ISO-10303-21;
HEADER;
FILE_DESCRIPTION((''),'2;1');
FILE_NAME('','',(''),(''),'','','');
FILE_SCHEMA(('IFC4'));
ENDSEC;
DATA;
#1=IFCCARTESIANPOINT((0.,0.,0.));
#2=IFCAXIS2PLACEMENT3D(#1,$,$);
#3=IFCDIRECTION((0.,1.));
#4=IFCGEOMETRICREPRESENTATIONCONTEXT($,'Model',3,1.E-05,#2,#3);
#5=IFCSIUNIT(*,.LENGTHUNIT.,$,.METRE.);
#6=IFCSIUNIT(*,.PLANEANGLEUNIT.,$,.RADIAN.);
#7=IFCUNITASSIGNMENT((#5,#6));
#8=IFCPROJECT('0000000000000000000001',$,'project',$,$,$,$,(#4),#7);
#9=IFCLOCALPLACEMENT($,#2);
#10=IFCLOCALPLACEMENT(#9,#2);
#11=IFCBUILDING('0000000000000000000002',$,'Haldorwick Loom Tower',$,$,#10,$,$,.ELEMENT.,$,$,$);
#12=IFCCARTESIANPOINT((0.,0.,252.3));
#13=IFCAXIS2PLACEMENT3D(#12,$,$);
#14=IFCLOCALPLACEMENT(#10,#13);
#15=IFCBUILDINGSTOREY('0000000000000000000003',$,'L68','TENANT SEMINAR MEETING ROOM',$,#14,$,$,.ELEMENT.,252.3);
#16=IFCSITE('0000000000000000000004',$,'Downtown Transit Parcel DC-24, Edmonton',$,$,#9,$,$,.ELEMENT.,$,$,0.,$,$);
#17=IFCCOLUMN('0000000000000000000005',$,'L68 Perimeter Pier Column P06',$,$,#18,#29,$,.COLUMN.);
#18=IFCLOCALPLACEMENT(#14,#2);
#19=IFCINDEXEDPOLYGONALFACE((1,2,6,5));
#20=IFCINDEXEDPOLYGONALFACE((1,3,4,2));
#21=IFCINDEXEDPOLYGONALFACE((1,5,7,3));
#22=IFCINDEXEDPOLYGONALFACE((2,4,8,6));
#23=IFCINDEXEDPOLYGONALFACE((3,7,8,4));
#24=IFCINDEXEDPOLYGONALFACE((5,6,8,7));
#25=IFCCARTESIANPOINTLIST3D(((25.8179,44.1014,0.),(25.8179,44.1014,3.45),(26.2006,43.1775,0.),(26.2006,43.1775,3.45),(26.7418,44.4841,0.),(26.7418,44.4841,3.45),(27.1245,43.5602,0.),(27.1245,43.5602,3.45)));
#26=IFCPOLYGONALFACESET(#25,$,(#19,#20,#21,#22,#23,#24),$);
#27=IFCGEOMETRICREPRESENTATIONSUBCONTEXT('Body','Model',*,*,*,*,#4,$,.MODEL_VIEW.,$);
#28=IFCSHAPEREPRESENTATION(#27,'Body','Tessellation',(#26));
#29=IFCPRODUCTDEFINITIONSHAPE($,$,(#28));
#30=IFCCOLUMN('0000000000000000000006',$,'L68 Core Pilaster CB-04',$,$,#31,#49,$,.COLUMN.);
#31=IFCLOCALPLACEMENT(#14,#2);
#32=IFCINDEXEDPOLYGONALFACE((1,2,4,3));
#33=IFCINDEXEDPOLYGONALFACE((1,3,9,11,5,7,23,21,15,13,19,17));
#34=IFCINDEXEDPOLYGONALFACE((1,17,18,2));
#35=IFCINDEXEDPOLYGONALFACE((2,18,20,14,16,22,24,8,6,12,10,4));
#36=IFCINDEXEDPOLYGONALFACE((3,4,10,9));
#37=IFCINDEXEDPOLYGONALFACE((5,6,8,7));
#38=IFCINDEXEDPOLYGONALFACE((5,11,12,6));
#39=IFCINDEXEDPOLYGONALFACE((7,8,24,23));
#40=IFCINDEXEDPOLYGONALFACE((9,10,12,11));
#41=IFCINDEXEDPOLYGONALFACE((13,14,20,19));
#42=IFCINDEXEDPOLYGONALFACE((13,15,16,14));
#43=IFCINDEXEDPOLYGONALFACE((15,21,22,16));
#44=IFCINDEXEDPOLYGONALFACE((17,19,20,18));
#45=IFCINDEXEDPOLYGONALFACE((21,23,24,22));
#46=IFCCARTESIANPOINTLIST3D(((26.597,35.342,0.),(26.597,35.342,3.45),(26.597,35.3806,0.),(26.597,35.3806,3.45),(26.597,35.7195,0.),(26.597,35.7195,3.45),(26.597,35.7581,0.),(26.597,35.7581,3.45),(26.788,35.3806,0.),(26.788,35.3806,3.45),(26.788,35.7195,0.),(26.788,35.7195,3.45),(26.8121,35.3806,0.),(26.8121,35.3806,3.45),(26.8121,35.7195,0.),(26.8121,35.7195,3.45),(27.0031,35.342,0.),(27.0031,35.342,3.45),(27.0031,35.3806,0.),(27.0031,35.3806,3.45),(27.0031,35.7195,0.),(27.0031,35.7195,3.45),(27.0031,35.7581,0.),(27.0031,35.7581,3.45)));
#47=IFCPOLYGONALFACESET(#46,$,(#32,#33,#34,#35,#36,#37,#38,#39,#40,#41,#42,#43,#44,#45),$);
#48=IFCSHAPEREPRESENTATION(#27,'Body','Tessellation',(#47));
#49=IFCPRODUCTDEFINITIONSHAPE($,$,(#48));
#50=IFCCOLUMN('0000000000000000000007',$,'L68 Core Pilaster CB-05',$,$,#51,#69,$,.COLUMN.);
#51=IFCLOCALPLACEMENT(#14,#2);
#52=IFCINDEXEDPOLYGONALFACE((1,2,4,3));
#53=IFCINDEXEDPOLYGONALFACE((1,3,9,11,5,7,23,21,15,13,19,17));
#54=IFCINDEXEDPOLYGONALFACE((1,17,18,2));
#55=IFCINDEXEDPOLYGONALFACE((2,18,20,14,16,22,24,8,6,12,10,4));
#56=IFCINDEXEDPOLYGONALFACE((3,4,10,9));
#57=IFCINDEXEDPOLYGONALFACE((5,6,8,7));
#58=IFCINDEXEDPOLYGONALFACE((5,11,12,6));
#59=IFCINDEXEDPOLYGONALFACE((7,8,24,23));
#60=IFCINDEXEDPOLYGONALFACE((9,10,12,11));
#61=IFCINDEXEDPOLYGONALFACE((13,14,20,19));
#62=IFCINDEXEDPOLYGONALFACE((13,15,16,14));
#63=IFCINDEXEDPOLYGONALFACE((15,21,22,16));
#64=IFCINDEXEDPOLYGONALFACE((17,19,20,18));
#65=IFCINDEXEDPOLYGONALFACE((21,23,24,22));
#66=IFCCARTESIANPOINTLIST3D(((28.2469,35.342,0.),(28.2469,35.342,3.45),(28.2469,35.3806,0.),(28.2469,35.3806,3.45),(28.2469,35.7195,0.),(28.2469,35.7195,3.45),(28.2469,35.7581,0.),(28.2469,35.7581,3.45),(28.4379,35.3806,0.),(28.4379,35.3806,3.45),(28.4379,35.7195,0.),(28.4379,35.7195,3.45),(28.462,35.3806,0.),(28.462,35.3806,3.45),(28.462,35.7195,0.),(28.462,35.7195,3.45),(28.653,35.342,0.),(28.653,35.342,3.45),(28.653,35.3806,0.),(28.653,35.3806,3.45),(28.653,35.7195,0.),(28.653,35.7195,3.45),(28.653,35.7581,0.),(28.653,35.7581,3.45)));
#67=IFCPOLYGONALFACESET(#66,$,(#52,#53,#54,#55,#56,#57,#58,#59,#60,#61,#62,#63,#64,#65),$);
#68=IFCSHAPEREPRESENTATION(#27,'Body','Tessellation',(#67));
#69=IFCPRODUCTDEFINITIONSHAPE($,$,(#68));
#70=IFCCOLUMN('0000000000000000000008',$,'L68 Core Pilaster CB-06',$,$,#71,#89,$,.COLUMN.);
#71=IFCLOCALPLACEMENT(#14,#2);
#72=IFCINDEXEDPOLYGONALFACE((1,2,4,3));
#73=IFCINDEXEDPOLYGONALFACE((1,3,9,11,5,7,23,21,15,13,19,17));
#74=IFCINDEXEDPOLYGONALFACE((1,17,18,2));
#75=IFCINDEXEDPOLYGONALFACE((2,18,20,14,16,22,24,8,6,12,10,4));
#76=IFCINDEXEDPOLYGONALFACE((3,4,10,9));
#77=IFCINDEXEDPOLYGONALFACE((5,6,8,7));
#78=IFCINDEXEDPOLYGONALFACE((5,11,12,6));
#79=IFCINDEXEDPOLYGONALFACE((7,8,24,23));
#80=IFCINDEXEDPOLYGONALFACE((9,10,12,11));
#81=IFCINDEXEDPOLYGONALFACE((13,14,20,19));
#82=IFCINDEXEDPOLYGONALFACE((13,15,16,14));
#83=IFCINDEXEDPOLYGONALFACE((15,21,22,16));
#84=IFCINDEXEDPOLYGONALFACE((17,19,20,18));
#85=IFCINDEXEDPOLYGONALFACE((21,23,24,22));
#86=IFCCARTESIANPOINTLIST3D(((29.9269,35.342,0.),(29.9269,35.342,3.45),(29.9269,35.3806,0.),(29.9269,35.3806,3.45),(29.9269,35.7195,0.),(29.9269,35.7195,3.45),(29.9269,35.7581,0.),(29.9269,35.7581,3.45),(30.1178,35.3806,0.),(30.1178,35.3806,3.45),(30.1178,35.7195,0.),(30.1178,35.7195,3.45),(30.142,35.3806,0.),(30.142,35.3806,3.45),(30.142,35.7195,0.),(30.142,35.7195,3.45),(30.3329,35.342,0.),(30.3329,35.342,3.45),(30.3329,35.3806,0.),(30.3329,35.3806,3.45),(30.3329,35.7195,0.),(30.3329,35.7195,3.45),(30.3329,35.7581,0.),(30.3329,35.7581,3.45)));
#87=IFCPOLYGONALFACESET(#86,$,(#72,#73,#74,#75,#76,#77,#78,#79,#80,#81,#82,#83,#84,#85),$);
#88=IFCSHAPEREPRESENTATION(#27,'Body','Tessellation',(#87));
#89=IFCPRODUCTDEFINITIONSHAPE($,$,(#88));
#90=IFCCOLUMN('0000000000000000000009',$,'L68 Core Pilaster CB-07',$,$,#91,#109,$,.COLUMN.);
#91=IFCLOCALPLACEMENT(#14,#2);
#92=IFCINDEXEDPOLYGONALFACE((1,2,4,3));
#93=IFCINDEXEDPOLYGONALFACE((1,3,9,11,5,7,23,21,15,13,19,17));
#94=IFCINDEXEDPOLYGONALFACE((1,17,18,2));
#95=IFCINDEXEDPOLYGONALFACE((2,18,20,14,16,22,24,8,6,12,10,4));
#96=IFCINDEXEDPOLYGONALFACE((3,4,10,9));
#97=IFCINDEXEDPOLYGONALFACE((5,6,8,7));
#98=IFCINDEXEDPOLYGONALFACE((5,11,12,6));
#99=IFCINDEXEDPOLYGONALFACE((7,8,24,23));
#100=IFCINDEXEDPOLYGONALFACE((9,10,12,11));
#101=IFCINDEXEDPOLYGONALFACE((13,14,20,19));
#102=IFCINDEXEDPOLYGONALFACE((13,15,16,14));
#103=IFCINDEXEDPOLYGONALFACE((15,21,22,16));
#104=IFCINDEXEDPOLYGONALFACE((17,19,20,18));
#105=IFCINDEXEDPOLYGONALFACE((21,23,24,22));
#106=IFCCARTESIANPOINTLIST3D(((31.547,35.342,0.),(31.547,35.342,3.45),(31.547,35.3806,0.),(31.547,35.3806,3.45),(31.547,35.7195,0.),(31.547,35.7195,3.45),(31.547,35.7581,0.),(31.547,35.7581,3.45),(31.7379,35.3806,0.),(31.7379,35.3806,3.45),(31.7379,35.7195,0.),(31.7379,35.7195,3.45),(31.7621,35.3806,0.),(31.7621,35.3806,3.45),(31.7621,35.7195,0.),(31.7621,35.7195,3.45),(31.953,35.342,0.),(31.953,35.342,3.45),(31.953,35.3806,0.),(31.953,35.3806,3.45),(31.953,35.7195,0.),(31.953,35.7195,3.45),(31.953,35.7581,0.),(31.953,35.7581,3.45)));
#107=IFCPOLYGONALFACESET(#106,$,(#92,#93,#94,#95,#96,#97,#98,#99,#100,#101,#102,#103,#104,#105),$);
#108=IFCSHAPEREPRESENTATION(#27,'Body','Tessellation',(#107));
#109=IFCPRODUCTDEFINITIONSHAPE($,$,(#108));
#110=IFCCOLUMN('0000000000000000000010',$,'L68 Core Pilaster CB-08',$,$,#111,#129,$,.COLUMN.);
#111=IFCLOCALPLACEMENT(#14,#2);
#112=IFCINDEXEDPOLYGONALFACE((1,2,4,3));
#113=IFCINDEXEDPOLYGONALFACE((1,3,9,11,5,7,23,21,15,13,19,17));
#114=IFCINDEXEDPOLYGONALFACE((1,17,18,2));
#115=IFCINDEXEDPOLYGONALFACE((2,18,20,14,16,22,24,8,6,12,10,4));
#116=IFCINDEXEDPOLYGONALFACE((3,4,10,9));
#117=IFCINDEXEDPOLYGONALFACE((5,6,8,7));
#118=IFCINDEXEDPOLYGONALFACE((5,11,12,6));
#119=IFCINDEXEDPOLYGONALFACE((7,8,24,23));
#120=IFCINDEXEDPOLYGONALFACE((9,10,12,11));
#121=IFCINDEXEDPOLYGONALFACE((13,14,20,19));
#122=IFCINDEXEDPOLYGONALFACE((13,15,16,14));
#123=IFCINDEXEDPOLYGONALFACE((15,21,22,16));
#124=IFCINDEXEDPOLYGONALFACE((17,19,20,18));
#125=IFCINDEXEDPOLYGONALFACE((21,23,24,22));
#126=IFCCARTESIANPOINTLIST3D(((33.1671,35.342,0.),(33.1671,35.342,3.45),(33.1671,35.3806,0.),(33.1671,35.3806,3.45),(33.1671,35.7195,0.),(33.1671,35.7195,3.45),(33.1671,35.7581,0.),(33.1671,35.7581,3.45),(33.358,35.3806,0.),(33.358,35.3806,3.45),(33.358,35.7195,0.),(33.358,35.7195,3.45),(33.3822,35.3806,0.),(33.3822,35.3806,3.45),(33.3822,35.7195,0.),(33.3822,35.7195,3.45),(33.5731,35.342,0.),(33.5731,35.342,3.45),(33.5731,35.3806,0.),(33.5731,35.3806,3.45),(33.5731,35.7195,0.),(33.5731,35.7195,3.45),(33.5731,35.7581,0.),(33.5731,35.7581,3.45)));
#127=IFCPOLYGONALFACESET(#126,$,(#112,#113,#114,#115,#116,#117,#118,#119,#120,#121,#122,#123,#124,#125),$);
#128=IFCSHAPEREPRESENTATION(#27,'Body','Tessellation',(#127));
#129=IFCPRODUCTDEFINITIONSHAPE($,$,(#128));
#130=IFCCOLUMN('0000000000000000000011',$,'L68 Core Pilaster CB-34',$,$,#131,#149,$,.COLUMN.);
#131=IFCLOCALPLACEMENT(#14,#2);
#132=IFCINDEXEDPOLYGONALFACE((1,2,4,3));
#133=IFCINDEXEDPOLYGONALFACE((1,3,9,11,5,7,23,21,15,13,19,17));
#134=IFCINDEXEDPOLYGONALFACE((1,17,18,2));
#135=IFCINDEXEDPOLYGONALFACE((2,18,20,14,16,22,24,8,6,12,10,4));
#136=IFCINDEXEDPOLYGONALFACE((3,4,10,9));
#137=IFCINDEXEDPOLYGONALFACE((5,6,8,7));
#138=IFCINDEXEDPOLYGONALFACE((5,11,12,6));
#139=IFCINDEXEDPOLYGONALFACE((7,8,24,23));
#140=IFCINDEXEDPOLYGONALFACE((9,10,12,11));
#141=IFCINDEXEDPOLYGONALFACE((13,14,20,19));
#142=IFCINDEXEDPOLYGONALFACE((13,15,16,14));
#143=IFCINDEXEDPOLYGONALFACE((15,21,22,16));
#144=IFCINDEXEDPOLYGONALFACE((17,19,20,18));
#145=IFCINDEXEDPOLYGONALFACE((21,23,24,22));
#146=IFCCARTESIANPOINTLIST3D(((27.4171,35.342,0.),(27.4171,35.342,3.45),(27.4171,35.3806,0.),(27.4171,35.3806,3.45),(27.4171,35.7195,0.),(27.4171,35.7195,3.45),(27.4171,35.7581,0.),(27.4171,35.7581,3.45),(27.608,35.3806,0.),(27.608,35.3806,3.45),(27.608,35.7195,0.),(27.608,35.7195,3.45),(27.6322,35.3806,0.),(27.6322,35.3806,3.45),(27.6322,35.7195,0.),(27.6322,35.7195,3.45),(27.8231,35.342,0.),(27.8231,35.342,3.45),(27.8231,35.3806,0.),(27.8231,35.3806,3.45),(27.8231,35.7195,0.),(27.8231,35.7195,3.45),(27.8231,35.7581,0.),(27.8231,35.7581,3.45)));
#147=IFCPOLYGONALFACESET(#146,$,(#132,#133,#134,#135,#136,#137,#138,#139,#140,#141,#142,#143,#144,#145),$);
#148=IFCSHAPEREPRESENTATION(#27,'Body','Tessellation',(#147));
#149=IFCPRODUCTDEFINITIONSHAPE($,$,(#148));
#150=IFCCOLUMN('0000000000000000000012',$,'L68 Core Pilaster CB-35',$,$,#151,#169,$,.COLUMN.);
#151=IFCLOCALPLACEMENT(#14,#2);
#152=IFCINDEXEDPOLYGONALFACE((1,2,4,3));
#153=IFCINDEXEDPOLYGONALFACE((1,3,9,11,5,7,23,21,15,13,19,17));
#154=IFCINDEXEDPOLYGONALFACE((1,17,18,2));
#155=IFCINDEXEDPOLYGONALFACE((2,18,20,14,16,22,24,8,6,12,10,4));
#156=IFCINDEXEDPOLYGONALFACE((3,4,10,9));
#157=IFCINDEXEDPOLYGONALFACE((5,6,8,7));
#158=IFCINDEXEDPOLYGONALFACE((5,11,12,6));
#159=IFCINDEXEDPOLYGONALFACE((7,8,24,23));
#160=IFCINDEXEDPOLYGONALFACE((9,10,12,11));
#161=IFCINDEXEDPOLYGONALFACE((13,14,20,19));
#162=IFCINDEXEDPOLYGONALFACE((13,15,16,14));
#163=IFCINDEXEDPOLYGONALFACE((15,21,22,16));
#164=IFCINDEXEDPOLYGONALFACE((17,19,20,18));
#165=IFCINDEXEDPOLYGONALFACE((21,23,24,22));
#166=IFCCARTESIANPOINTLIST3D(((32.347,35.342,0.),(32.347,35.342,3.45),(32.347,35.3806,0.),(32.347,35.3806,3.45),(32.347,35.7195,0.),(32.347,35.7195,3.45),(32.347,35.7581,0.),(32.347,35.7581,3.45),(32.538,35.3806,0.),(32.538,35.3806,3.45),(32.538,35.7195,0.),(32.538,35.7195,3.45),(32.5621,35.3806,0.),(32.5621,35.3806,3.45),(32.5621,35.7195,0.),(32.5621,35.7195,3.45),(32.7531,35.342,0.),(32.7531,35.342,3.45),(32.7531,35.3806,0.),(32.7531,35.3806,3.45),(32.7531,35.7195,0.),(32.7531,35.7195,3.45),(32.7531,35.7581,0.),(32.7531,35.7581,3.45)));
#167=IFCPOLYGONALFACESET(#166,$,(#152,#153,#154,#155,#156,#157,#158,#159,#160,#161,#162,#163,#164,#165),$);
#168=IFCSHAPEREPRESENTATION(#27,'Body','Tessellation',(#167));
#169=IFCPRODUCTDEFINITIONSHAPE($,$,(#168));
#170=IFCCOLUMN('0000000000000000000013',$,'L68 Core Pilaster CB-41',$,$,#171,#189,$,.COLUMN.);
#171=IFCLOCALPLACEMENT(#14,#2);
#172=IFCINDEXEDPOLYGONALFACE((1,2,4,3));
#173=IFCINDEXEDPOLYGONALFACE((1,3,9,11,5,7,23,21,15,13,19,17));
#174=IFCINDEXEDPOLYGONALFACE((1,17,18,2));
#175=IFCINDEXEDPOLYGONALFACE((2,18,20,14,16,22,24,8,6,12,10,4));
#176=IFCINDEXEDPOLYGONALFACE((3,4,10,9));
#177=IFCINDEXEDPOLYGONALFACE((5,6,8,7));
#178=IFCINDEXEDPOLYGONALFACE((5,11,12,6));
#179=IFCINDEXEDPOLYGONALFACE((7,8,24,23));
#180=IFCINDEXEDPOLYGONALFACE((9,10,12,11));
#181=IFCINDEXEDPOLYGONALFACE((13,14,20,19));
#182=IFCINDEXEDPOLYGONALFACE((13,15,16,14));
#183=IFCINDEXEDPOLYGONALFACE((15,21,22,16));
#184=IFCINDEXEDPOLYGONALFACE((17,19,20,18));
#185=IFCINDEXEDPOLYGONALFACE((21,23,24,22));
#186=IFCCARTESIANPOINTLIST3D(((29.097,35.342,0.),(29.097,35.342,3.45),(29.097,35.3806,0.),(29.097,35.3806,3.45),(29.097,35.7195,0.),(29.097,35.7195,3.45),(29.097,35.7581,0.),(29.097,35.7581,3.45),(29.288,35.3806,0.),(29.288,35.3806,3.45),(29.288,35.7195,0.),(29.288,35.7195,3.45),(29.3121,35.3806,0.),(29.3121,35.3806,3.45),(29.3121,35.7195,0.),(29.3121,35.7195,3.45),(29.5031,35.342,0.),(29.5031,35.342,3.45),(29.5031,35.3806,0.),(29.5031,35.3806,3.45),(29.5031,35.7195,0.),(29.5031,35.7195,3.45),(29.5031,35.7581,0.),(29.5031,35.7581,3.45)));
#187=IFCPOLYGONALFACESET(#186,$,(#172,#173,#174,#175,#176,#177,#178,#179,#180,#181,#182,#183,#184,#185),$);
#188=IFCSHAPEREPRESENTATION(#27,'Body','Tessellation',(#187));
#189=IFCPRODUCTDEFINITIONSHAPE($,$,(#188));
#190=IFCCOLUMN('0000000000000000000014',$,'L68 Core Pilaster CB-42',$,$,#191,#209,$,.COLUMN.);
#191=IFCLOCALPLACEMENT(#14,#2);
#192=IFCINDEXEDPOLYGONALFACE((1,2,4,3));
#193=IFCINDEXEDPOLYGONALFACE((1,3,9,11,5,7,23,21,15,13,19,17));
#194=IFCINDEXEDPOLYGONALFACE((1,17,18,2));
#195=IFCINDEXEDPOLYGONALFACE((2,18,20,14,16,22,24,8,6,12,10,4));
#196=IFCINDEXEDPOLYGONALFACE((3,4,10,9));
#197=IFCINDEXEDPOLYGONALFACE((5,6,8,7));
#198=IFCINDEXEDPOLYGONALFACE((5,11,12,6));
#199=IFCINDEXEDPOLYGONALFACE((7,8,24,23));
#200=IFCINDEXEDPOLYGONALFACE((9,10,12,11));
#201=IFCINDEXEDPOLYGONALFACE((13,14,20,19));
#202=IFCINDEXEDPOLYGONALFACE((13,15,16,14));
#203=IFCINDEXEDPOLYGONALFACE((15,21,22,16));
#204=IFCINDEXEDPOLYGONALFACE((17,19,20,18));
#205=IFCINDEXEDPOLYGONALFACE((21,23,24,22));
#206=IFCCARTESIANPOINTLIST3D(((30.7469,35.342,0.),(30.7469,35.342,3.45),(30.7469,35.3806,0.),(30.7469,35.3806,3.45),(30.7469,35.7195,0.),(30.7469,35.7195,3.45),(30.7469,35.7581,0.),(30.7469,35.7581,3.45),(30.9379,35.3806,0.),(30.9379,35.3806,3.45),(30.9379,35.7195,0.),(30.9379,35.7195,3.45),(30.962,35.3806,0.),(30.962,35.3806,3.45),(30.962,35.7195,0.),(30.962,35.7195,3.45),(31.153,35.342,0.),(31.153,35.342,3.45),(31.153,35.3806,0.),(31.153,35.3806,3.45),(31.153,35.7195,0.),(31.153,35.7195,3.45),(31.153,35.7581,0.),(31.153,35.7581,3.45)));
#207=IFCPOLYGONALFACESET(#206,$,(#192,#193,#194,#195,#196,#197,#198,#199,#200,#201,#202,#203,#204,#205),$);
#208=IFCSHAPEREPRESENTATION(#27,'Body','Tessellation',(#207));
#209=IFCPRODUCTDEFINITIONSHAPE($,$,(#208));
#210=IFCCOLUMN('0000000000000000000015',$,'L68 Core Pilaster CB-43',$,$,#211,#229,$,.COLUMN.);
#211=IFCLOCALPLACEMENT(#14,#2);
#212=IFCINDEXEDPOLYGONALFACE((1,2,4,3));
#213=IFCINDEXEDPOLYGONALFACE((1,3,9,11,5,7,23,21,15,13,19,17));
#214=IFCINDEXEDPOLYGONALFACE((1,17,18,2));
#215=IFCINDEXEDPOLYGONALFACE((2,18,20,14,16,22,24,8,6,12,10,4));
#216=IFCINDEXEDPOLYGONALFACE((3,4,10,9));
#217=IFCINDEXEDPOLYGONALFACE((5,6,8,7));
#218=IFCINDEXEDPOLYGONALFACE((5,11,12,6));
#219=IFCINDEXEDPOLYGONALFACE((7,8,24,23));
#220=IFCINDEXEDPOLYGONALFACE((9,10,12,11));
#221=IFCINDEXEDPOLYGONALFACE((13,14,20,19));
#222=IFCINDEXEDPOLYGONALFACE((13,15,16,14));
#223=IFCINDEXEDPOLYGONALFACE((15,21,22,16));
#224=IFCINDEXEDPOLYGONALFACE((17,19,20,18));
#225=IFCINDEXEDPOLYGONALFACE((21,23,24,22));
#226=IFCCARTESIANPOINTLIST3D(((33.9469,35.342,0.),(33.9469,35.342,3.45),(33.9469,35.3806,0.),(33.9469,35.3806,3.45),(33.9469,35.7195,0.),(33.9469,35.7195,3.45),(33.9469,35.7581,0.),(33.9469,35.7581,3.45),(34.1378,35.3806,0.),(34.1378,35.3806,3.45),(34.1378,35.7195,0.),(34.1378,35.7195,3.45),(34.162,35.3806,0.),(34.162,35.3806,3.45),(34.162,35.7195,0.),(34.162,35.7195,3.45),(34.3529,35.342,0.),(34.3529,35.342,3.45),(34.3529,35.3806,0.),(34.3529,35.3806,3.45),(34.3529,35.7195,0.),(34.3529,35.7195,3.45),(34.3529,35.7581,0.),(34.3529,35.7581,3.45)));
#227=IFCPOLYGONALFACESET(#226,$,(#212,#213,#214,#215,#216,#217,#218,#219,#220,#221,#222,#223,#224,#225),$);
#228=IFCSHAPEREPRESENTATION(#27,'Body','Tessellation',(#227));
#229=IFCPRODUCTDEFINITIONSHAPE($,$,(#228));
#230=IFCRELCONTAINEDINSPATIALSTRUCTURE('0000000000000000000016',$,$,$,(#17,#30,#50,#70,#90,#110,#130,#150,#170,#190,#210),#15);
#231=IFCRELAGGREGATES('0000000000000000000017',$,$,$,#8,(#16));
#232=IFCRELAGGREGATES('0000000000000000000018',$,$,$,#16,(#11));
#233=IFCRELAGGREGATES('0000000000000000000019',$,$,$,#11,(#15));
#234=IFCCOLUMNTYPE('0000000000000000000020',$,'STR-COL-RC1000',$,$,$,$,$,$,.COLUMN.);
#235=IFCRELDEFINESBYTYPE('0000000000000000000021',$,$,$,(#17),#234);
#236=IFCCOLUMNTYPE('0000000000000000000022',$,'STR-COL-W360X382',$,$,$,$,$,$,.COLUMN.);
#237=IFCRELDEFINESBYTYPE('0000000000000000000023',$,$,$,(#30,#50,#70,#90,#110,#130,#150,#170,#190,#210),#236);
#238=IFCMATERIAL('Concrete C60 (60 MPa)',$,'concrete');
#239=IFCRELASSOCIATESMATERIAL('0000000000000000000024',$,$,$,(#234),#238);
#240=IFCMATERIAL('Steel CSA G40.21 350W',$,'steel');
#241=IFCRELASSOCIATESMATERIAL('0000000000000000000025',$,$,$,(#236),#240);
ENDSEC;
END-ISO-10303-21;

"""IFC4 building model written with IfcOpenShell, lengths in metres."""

from ifc_helpers import new_model, si_unit, direction, frame, origin, origin_2d, place, context, subcontext, project, spatial, rectangle, i_section, extrude, material, material_profile, profile_set, type_object, element, save


model = new_model("IFC4")

# Units and contexts
model_context = context("Model", 3, precision=1e-05, world=origin(), true_north=direction((0.0, 1.0)))
body_context = subcontext(model_context, "Body", "Model", "MODEL_VIEW")
ifc_project = project(units=[si_unit("LENGTHUNIT", "METRE"), si_unit("PLANEANGLEUNIT", "RADIAN")], contexts=[model_context])

# Site, building, storey
site_placement = place(None, origin())
site = spatial("IfcSite", under=ifc_project, at=site_placement, Name="Downtown Transit Parcel DC-24, Edmonton", CompositionType="ELEMENT", RefElevation=0.0)
building_placement = place(site_placement, origin())
building = spatial("IfcBuilding", under=site, at=building_placement, Name="Haldorwick Loom Tower", CompositionType="ELEMENT")
storey_placement = place(building_placement, frame((0.0, 0.0, 252.3)))
storey = spatial("IfcBuildingStorey", under=building, at=storey_placement, Name="L68", Description="TENANT SEMINAR MEETING ROOM", CompositionType="ELEMENT", Elevation=252.3)

# Columns
ifc_material_1 = material(Name="Concrete C60 (60 MPa)", Category="concrete")
ifc_material_profile_1 = material_profile(ifc_material_1, rectangle(XDim=1.0, YDim=1.0, at=origin_2d()), Name="RC1000X1000", Category="concrete")
ifc_profile_set_1 = profile_set([ifc_material_profile_1], Name="Concrete C60 (60 MPa)")
column_type_1 = type_object("IfcColumnType", Name="STR-COL-RC1000", PredefinedType="COLUMN", material=ifc_profile_set_1)
column_placement = place(storey_placement, frame((26.4712, 43.8308, 0.0), z_axis=(0.0, 0.0, 1.0), x_axis=(-0.382683, 0.92388, 0.0)))
element("IfcColumn", 1, at=column_placement, inside=storey, type_object=column_type_1, Name="L68 Perimeter Pier Column P06", PredefinedType="COLUMN", context=body_context, shape_type="SweptSolid", body=[
    extrude(rectangle(XDim=1.0, YDim=1.0, at=origin_2d()), origin(), (0.0, 0.0, 1.0), 3.45),
])
ifc_material_2 = material(Name="Steel CSA G40.21 350W", Category="steel")
ifc_material_profile_2 = material_profile(ifc_material_2, i_section(OverallWidth=0.406, OverallDepth=0.416, WebThickness=0.0242, FlangeThickness=0.0386, at=origin_2d()), Name="W360X382", Category="steel")
ifc_profile_set_2 = profile_set([ifc_material_profile_2], Name="Steel CSA G40.21 350W")
column_type_2 = type_object("IfcColumnType", Name="STR-COL-W360X382", PredefinedType="COLUMN", material=ifc_profile_set_2)
for number, where, z_axis, x_axis, name in (
    (2, (26.8, 35.55, 0.0), (0.0, 0.0, 1.0), (1.0, 0.0, 0.0), "L68 Core Pilaster CB-04"),
    (3, (28.45, 35.55, 0.0), (0.0, 0.0, 1.0), (1.0, 0.0, 0.0), "L68 Core Pilaster CB-05"),
    (4, (30.1299, 35.55, 0.0), (0.0, 0.0, 1.0), (1.0, 0.0, 0.0), "L68 Core Pilaster CB-06"),
    (5, (31.75, 35.55, 0.0), (0.0, 0.0, 1.0), (1.0, 0.0, 0.0), "L68 Core Pilaster CB-07"),
    (6, (33.3701, 35.55, 0.0), (0.0, 0.0, 1.0), (1.0, 0.0, 0.0), "L68 Core Pilaster CB-08"),
    (7, (27.6201, 35.55, 0.0), (0.0, 0.0, 1.0), (1.0, 0.0, 0.0), "L68 Core Pilaster CB-34"),
    (8, (32.55, 35.55, 0.0), (0.0, 0.0, 1.0), (1.0, 0.0, 0.0), "L68 Core Pilaster CB-35"),
    (9, (29.3, 35.55, 0.0), (0.0, 0.0, 1.0), (1.0, 0.0, 0.0), "L68 Core Pilaster CB-41"),
    (10, (30.95, 35.55, 0.0), (0.0, 0.0, 1.0), (1.0, 0.0, 0.0), "L68 Core Pilaster CB-42"),
    (11, (34.1499, 35.55, 0.0), (0.0, 0.0, 1.0), (1.0, 0.0, 0.0), "L68 Core Pilaster CB-43"),
):
    element("IfcColumn", number, at=place(storey_placement, frame(where, z_axis=z_axis, x_axis=x_axis)), inside=storey, type_object=column_type_2, Name=name, PredefinedType="COLUMN", context=body_context, shape_type="SweptSolid", body=[
        extrude(i_section(OverallWidth=0.406, OverallDepth=0.416, WebThickness=0.0242, FlangeThickness=0.0386, at=origin_2d()), origin(), (0.0, 0.0, 1.0), 3.45),
    ])

save(model, "model.ifc")
